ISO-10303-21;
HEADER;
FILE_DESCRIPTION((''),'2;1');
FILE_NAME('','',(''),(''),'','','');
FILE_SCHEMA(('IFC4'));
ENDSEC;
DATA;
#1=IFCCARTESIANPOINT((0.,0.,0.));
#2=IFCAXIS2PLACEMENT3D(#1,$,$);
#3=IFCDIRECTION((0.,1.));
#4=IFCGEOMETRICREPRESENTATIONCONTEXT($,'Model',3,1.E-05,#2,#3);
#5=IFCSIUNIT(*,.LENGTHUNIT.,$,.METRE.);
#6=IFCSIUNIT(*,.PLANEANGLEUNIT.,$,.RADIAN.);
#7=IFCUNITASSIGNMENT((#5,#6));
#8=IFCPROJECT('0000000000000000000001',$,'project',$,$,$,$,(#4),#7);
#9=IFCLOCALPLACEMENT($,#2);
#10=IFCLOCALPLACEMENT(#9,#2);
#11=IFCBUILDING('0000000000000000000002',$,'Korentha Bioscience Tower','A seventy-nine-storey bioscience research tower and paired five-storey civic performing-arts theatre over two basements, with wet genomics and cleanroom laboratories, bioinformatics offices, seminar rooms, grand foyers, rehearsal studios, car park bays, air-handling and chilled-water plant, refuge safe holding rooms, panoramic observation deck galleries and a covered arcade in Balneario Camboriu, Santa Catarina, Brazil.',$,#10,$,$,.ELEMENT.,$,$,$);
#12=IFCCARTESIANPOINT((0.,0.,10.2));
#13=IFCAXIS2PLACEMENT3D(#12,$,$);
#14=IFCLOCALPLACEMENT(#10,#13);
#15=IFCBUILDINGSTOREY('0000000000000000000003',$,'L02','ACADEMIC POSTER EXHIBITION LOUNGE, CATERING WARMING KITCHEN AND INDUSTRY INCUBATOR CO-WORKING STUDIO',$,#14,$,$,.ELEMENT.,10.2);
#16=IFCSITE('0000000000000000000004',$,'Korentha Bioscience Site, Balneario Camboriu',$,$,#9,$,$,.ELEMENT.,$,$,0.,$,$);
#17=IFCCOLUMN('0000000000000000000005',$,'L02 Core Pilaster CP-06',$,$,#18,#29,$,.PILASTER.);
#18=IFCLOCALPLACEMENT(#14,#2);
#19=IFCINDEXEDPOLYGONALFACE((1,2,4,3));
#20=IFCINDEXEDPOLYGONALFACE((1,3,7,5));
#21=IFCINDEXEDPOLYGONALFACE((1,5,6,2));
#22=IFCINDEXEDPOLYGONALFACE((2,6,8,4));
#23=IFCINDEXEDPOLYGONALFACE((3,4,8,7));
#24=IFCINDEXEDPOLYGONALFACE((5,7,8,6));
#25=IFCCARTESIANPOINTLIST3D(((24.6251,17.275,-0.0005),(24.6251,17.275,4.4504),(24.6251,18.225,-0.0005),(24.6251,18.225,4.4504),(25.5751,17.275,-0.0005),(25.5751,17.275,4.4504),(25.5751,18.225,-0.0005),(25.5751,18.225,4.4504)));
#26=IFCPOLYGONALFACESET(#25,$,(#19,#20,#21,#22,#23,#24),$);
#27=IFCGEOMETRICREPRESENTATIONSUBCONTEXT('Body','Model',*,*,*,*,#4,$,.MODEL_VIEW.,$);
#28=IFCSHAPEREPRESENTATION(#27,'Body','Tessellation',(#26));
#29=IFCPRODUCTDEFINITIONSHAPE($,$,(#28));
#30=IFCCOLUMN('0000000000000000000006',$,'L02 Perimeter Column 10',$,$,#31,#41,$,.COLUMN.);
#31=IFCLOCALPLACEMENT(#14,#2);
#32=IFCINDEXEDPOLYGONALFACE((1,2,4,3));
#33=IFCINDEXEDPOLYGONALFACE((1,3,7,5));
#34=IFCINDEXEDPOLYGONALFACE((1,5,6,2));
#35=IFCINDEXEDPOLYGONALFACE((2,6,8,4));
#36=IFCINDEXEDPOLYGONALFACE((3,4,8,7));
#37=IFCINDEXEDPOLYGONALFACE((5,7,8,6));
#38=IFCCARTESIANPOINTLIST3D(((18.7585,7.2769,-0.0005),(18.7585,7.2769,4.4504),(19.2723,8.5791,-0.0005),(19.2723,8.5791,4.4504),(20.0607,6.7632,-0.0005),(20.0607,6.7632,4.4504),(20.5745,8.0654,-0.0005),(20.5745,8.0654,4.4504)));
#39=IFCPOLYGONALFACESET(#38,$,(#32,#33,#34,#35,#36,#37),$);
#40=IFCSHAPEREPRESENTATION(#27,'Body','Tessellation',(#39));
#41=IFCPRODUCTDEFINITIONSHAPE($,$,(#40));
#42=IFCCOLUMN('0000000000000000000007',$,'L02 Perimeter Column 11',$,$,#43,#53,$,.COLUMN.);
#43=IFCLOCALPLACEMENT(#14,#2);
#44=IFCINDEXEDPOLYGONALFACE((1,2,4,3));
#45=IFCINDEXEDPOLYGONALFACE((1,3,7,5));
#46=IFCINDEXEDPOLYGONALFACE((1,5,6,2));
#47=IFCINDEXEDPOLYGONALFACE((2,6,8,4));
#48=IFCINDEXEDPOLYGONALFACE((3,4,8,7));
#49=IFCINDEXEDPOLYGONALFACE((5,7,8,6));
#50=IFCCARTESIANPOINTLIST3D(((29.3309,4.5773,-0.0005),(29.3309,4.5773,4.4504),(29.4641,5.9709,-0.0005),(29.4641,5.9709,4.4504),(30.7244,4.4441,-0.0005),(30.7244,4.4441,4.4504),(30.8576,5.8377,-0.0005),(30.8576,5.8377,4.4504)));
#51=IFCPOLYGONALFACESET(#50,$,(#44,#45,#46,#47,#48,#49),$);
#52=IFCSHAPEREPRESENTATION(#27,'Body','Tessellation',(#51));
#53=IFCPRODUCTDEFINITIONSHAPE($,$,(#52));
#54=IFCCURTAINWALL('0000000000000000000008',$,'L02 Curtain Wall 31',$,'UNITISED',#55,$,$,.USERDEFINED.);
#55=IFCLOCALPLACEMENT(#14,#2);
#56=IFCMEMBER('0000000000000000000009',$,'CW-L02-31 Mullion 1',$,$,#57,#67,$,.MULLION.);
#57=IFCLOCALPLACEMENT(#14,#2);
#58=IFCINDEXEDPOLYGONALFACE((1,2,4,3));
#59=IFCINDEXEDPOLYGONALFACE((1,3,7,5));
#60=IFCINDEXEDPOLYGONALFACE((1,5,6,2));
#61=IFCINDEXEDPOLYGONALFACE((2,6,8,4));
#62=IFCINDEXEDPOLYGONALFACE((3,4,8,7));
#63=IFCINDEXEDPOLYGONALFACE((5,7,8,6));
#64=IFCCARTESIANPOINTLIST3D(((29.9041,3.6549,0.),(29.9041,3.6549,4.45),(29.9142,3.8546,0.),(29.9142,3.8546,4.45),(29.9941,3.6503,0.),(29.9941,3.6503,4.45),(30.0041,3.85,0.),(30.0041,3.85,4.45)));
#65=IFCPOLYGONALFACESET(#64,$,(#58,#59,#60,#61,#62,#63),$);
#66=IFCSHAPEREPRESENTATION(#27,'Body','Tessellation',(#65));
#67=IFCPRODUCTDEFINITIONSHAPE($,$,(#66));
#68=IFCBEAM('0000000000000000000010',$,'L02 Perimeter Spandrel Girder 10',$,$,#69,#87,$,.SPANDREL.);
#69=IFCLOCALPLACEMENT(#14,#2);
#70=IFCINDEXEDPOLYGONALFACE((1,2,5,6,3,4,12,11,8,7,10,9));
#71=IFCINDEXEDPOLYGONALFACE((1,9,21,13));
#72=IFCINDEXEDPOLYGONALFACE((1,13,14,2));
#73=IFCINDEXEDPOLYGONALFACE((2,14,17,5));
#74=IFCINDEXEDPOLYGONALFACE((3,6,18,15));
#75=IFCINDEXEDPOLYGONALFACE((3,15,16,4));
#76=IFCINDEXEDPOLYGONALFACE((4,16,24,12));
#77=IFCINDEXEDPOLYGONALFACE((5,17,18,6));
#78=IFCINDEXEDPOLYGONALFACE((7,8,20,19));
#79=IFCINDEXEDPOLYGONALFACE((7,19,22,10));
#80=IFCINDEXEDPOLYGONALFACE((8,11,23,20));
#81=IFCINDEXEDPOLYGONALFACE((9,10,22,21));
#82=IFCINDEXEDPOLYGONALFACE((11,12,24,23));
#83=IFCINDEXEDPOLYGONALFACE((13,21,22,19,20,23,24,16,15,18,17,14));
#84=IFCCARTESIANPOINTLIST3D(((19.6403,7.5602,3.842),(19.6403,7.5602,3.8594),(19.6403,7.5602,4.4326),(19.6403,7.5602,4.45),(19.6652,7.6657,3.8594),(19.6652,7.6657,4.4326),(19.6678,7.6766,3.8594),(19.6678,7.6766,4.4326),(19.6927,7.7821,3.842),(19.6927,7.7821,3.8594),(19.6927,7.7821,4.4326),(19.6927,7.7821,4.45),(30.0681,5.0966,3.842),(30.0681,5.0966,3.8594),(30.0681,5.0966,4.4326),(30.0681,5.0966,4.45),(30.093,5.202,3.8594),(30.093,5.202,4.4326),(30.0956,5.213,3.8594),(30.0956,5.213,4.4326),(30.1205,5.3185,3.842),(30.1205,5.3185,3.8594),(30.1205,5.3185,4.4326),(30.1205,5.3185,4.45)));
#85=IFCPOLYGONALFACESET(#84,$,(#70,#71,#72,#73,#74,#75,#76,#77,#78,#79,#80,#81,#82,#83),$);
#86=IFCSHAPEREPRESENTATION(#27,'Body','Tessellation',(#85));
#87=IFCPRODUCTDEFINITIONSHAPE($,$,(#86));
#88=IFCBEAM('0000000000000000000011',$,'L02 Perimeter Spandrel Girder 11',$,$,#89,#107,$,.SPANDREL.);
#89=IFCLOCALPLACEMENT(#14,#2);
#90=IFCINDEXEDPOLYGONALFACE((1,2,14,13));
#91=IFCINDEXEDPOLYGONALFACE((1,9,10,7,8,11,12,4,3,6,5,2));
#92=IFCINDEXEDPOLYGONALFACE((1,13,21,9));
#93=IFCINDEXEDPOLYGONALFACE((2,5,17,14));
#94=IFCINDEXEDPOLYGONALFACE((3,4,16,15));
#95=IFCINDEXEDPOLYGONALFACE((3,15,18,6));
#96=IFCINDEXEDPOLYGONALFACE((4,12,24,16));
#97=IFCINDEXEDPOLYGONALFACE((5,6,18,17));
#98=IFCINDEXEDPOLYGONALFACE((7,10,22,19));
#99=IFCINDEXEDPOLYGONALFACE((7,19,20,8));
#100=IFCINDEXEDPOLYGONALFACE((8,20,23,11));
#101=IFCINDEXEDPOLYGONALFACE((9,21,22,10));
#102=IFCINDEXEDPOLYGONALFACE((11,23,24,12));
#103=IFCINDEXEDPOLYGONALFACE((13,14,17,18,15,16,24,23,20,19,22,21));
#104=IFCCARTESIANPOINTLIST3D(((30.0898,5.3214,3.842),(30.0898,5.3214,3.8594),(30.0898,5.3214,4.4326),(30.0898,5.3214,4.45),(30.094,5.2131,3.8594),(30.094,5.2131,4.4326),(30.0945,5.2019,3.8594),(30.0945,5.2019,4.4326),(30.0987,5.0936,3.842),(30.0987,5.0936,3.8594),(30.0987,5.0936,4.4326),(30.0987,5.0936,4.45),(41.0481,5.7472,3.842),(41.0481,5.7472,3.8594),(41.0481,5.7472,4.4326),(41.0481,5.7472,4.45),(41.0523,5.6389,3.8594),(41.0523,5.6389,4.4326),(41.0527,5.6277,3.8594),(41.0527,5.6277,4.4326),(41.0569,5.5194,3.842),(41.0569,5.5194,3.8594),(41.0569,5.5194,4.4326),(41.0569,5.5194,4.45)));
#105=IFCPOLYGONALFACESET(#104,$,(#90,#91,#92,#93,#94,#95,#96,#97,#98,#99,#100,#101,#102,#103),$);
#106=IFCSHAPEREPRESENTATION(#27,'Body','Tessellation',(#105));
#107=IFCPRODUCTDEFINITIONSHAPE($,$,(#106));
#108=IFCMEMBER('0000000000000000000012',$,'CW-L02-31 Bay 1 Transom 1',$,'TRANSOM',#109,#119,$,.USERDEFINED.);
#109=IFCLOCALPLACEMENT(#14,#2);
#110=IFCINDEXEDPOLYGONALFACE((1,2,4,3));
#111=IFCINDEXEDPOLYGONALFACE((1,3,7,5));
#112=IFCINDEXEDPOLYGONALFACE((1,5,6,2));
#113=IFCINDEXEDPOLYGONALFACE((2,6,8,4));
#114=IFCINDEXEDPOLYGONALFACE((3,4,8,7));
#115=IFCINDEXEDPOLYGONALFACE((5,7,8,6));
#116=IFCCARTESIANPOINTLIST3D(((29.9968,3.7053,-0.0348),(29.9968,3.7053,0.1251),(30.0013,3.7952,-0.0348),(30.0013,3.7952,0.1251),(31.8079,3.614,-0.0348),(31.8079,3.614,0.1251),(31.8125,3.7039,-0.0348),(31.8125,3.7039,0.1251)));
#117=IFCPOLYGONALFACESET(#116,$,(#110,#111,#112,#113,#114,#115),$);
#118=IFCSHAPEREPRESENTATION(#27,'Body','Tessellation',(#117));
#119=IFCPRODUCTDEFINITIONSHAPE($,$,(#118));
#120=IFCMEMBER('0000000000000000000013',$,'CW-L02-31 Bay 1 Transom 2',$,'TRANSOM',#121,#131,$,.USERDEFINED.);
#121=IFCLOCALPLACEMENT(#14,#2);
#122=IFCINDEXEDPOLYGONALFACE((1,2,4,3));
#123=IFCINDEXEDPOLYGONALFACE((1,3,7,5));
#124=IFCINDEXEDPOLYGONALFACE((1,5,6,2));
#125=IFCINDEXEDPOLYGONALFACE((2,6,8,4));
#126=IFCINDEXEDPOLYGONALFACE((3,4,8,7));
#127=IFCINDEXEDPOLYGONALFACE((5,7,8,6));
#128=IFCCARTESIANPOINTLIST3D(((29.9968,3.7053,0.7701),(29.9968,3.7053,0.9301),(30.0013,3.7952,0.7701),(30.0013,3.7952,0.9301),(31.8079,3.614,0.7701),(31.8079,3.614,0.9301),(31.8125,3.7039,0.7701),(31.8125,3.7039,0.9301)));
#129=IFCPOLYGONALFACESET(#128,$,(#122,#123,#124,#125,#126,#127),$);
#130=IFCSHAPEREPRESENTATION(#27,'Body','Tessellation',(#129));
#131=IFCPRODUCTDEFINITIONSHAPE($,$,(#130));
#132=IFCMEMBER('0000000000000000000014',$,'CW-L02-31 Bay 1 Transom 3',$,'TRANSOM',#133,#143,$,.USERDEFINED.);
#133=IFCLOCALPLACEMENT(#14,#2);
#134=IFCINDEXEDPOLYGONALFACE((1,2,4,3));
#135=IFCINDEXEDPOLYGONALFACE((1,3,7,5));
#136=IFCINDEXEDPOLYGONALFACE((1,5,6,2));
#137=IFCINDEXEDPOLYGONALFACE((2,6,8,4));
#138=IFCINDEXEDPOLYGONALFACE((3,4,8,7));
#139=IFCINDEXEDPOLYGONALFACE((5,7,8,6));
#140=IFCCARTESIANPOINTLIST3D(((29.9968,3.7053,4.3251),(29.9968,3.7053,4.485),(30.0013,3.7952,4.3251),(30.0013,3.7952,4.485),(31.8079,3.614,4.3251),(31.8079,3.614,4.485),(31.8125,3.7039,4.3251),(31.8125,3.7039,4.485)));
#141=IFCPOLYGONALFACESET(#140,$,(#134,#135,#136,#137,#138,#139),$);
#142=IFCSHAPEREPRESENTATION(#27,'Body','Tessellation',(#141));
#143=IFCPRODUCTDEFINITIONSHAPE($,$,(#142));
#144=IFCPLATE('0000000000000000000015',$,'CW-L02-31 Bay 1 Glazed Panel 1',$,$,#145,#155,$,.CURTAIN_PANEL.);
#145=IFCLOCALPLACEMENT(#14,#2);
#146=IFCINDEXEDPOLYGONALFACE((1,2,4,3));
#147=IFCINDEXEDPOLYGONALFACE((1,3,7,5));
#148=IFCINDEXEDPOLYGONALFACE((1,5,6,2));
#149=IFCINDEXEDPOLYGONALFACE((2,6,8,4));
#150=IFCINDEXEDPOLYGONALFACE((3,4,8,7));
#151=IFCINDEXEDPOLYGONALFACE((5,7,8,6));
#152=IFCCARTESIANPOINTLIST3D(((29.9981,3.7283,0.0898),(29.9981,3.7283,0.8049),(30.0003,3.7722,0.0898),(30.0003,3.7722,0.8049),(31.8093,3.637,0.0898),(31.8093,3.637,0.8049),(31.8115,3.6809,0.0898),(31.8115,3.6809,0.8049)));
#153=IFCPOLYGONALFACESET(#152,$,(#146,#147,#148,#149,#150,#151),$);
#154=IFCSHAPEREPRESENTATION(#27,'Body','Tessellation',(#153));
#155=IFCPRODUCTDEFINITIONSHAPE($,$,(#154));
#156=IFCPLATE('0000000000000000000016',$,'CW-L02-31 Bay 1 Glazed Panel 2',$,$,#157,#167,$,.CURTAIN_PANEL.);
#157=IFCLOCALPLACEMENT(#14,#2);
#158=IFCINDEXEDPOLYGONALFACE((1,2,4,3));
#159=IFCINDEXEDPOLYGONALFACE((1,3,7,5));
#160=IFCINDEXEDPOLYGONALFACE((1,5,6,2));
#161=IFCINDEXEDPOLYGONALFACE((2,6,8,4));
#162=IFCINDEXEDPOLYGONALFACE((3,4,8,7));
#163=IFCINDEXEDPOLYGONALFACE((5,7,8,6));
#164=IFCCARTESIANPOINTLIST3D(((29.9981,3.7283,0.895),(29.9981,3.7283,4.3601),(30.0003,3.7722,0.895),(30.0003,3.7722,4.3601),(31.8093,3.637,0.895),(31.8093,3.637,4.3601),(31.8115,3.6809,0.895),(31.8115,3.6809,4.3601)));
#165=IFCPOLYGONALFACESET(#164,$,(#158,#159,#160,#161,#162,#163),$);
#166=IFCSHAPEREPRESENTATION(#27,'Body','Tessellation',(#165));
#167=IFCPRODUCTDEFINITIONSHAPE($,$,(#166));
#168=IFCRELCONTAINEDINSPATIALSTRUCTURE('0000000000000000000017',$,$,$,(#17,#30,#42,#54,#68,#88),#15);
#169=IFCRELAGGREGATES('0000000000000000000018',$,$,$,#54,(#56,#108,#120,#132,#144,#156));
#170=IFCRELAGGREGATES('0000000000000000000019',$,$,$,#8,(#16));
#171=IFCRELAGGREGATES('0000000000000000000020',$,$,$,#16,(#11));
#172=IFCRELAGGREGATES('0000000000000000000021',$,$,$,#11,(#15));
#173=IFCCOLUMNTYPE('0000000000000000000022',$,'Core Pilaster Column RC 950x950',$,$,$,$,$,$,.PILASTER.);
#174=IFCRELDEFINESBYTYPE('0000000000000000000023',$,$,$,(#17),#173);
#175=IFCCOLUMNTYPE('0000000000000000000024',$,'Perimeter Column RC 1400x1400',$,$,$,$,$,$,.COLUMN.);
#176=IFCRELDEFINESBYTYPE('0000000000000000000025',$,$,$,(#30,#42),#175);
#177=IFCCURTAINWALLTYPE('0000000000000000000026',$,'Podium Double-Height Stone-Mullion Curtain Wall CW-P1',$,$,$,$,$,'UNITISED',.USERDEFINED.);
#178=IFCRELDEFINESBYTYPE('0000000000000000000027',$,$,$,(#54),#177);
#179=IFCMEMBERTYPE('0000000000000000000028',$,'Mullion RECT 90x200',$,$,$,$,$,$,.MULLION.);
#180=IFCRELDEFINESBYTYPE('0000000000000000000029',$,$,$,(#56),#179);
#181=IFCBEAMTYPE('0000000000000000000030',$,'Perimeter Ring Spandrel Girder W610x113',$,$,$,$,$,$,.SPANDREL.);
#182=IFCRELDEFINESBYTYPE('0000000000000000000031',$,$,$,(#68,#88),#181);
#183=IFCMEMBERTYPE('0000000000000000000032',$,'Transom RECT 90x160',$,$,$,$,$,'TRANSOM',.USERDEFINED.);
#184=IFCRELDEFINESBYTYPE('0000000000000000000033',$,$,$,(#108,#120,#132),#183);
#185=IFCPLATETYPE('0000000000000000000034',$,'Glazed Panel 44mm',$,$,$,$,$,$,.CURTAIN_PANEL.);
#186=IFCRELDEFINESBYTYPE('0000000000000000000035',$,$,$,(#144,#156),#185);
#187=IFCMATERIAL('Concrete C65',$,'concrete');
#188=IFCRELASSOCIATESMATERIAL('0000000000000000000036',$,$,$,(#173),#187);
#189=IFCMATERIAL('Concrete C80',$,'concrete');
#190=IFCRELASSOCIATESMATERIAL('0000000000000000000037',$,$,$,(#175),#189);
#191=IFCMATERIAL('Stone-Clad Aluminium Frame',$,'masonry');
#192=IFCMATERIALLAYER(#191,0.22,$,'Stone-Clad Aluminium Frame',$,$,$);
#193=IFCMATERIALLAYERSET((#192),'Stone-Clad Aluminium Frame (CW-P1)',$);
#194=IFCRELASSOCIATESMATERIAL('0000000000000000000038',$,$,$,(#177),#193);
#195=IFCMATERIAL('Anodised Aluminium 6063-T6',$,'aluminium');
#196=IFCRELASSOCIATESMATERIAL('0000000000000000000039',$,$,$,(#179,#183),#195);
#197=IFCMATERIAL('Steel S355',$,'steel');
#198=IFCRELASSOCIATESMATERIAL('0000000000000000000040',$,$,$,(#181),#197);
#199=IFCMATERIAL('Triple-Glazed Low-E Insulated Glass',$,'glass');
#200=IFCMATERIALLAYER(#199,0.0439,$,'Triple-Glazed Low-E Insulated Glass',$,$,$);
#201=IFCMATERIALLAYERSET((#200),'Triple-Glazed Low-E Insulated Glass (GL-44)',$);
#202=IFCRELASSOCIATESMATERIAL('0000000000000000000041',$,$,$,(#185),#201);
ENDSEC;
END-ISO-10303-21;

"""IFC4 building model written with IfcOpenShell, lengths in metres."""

from ifc_helpers import new_model, si_unit, direction, frame, origin, origin_2d, place, context, subcontext, project, spatial, rectangle, i_section, extrude, material, layer, layer_set, material_profile, profile_set, type_object, element, aggregate, save


model = new_model("IFC4")

# Units and contexts
model_context = context("Model", 3, precision=1e-05, world=origin(), true_north=direction((0.0, 1.0)))
body_context = subcontext(model_context, "Body", "Model", "MODEL_VIEW")
ifc_project = project(units=[si_unit("LENGTHUNIT", "METRE"), si_unit("PLANEANGLEUNIT", "RADIAN")], contexts=[model_context])

# Site, building, storey
site_placement = place(None, origin())
site = spatial("IfcSite", under=ifc_project, at=site_placement, Name="Korentha Bioscience Site, Balneario Camboriu", CompositionType="ELEMENT", RefElevation=0.0)
building_placement = place(site_placement, origin())
building = spatial("IfcBuilding", under=site, at=building_placement, Name="Korentha Bioscience Tower", Description="A seventy-nine-storey bioscience research tower and paired five-storey civic performing-arts theatre over two basements, with wet genomics and cleanroom laboratories, bioinformatics offices, seminar rooms, grand foyers, rehearsal studios, car park bays, air-handling and chilled-water plant, refuge safe holding rooms, panoramic observation deck galleries and a covered arcade in Balneario Camboriu, Santa Catarina, Brazil.", CompositionType="ELEMENT")
storey_placement = place(building_placement, frame((0.0, 0.0, 10.2)))
storey = spatial("IfcBuildingStorey", under=building, at=storey_placement, Name="L02", Description="ACADEMIC POSTER EXHIBITION LOUNGE, CATERING WARMING KITCHEN AND INDUSTRY INCUBATOR CO-WORKING STUDIO", CompositionType="ELEMENT", Elevation=10.2)

# Columns
ifc_material_1 = material(Name="Concrete C65", Category="concrete")
ifc_material_profile_1 = material_profile(ifc_material_1, rectangle(XDim=0.95, YDim=0.95, at=origin_2d()), Name="Concrete C65")
ifc_profile_set_1 = profile_set([ifc_material_profile_1], Name="Concrete C65 (COL-CP09)")
column_type_1 = type_object("IfcColumnType", Name="Core Pilaster Column RC 950x950", PredefinedType="PILASTER", material=ifc_profile_set_1)
column_placement = place(storey_placement, frame((25.1001, 17.75, -0.0005), z_axis=(0.0, 0.0, 1.0), x_axis=(1.0, 0.0, 0.0)))
element("IfcColumn", 1, at=column_placement, inside=storey, type_object=column_type_1, Name="L02 Core Pilaster CP-06", PredefinedType="PILASTER", context=body_context, shape_type="SweptSolid", body=[
    extrude(rectangle(XDim=0.95, YDim=0.95, at=origin_2d()), origin(), (0.0, 0.0, 1.0), 4.4509),
])
ifc_material_2 = material(Name="Concrete C80", Category="concrete")
ifc_material_profile_2 = material_profile(ifc_material_2, rectangle(XDim=1.3999, YDim=1.3999, at=origin_2d()), Name="Concrete C80")
ifc_profile_set_2 = profile_set([ifc_material_profile_2], Name="Concrete C80 (COL-P14)")
column_type_2 = type_object("IfcColumnType", Name="Perimeter Column RC 1400x1400", PredefinedType="COLUMN", material=ifc_profile_set_2)
for number, where, z_axis, x_axis, name in (
    (2, (19.6665, 7.6711, -0.0005), (0.0, 0.0, 1.0), (-0.930226, 0.366988, 0.0), "L02 Perimeter Column 10"),
    (3, (30.0942, 5.2075, -0.0005), (0.0, 0.0, 1.0), (-0.995463, 0.095151, 0.0), "L02 Perimeter Column 11"),
):
    element("IfcColumn", number, at=place(storey_placement, frame(where, z_axis=z_axis, x_axis=x_axis)), inside=storey, type_object=column_type_2, Name=name, PredefinedType="COLUMN", context=body_context, shape_type="SweptSolid", body=[
        extrude(rectangle(XDim=1.3999, YDim=1.3999, at=origin_2d()), origin(), (0.0, 0.0, 1.0), 4.4509),
    ])

# Curtain wall, member
ifc_material_3 = material(Name="Stone-Clad Aluminium Frame", Category="masonry")
ifc_layer_1 = layer(ifc_material_3, 0.22, Name="Stone-Clad Aluminium Frame")
ifc_layer_set_1 = layer_set([ifc_layer_1], Name="Stone-Clad Aluminium Frame (CW-P1)")
curtain_wall_type = type_object("IfcCurtainWallType", Name="Podium Double-Height Stone-Mullion Curtain Wall CW-P1", ElementType="UNITISED", PredefinedType="USERDEFINED", material=ifc_layer_set_1)
curtain_wall_placement = place(storey_placement, origin())
curtain_wall = element("IfcCurtainWall", 4, at=curtain_wall_placement, inside=storey, type_object=curtain_wall_type, Name="L02 Curtain Wall 31", ObjectType="UNITISED", PredefinedType="USERDEFINED")
ifc_material_4 = material(Name="Anodised Aluminium 6063-T6", Category="aluminium")
ifc_material_profile_3 = material_profile(ifc_material_4, rectangle(XDim=0.0901, YDim=0.2, at=origin_2d()), Name="Anodised Aluminium 6063-T6")
ifc_profile_set_3 = profile_set([ifc_material_profile_3], Name="Anodised Aluminium 6063-T6 (CW-MUL)")
member_type_1 = type_object("IfcMemberType", Name="Mullion RECT 90x200", PredefinedType="MULLION", material=ifc_profile_set_3)
member_1_placement = place(storey_placement, frame((29.9541, 3.7524, 0.0), z_axis=(0.0, 0.0, 1.0), x_axis=(0.998731, -0.050371, 0.0)))
member_1 = element("IfcMember", 5, at=member_1_placement, type_object=member_type_1, Name="CW-L02-31 Mullion 1", PredefinedType="MULLION", context=body_context, shape_type="SweptSolid", body=[
    extrude(rectangle(XDim=0.0901, YDim=0.2, at=origin_2d()), origin(), (0.0, 0.0, 1.0), 4.45),
])

# Beams
ifc_material_5 = material(Name="Steel S355", Category="steel")
ifc_material_profile_4 = material_profile(ifc_material_5, i_section(OverallWidth=0.228, OverallDepth=0.6079, WebThickness=0.0112, FlangeThickness=0.0173, at=origin_2d()), Name="Steel S355")
ifc_profile_set_4 = profile_set([ifc_material_profile_4], Name="Steel S355 (SB-610)")
beam_type = type_object("IfcBeamType", Name="Perimeter Ring Spandrel Girder W610x113", PredefinedType="SPANDREL", material=ifc_profile_set_4)
beam_1_placement = place(storey_placement, frame((19.6665, 7.6711, 4.146), z_axis=(0.973208, -0.229927, 0.0), x_axis=(0.229927, 0.973208, 0.0)))
element("IfcBeam", 6, at=beam_1_placement, inside=storey, type_object=beam_type, Name="L02 Perimeter Spandrel Girder 10", PredefinedType="SPANDREL", context=body_context, shape_type="SweptSolid", body=[
    extrude(i_section(OverallWidth=0.228, OverallDepth=0.6079, WebThickness=0.0112, FlangeThickness=0.0173, at=origin_2d()), origin(), (0.0, 0.0, 1.0), 10.7148),
])
beam_2_placement = place(storey_placement, frame((30.0942, 5.2075, 4.146), z_axis=(0.999246, 0.038826, 0.0), x_axis=(-0.038826, 0.999246, 0.0)))
element("IfcBeam", 7, at=beam_2_placement, inside=storey, type_object=beam_type, Name="L02 Perimeter Spandrel Girder 11", PredefinedType="SPANDREL", context=body_context, shape_type="SweptSolid", body=[
    extrude(i_section(OverallWidth=0.228, OverallDepth=0.6079, WebThickness=0.0112, FlangeThickness=0.0173, at=origin_2d()), origin(), (0.0, 0.0, 1.0), 10.9666),
])

# Members
ifc_material_profile_5 = material_profile(ifc_material_4, rectangle(XDim=0.0901, YDim=0.1599, at=origin_2d()), Name="Anodised Aluminium 6063-T6")
ifc_profile_set_5 = profile_set([ifc_material_profile_5], Name="Anodised Aluminium 6063-T6 (CW-TRN)")
member_type_2 = type_object("IfcMemberType", Name="Transom RECT 90x160", ElementType="TRANSOM", PredefinedType="USERDEFINED", material=ifc_profile_set_5)
member_2_placement = place(storey_placement, frame((29.999, 3.7502, 0.0452), z_axis=(0.998732, -0.050347, 0.0), x_axis=(0.050347, 0.998732, 0.0)))
member_2 = element("IfcMember", 8, at=member_2_placement, type_object=member_type_2, Name="CW-L02-31 Bay 1 Transom 1", ObjectType="TRANSOM", PredefinedType="USERDEFINED", context=body_context, shape_type="SweptSolid", body=[
    extrude(rectangle(XDim=0.0901, YDim=0.1599, at=origin_2d()), origin(), (0.0, 0.0, 1.0), 1.8135),
])
member_3_placement = place(storey_placement, frame((29.999, 3.7502, 0.8501), z_axis=(0.998732, -0.050347, 0.0), x_axis=(0.050347, 0.998732, 0.0)))
member_3 = element("IfcMember", 9, at=member_3_placement, type_object=member_type_2, Name="CW-L02-31 Bay 1 Transom 2", ObjectType="TRANSOM", PredefinedType="USERDEFINED", context=body_context, shape_type="SweptSolid", body=[
    extrude(rectangle(XDim=0.0901, YDim=0.1599, at=origin_2d()), origin(), (0.0, 0.0, 1.0), 1.8135),
])
member_4_placement = place(storey_placement, frame((29.999, 3.7502, 4.405), z_axis=(0.998732, -0.050347, 0.0), x_axis=(0.050347, 0.998732, 0.0)))
member_4 = element("IfcMember", 10, at=member_4_placement, type_object=member_type_2, Name="CW-L02-31 Bay 1 Transom 3", ObjectType="TRANSOM", PredefinedType="USERDEFINED", context=body_context, shape_type="SweptSolid", body=[
    extrude(rectangle(XDim=0.0901, YDim=0.1599, at=origin_2d()), origin(), (0.0, 0.0, 1.0), 1.8135),
])

# Plates
ifc_material_6 = material(Name="Triple-Glazed Low-E Insulated Glass", Category="glass")
ifc_layer_2 = layer(ifc_material_6, 0.0439, Name="Triple-Glazed Low-E Insulated Glass")
ifc_layer_set_2 = layer_set([ifc_layer_2], Name="Triple-Glazed Low-E Insulated Glass (GL-44)")
plate_type = type_object("IfcPlateType", Name="Glazed Panel 44mm", PredefinedType="CURTAIN_PANEL", material=ifc_layer_set_2)
plate_1_placement = place(storey_placement, frame((30.9048, 3.7046, 0.0898), z_axis=(0.0, 0.0, 1.0), x_axis=(0.998731, -0.050371, 0.0)))
plate_1 = element("IfcPlate", 11, at=plate_1_placement, type_object=plate_type, Name="CW-L02-31 Bay 1 Glazed Panel 1", PredefinedType="CURTAIN_PANEL", context=body_context, shape_type="SweptSolid", body=[
    extrude(rectangle(XDim=1.8135, YDim=0.0439, at=origin_2d()), origin(), (0.0, 0.0, 1.0), 0.7151),
])
plate_2_placement = place(storey_placement, frame((30.9048, 3.7046, 0.895), z_axis=(0.0, 0.0, 1.0), x_axis=(0.998731, -0.050371, 0.0)))
plate_2 = element("IfcPlate", 12, at=plate_2_placement, type_object=plate_type, Name="CW-L02-31 Bay 1 Glazed Panel 2", PredefinedType="CURTAIN_PANEL", context=body_context, shape_type="SweptSolid", body=[
    extrude(rectangle(XDim=1.8135, YDim=0.0439, at=origin_2d()), origin(), (0.0, 0.0, 1.0), 3.4651),
])
aggregate(curtain_wall, [member_1, member_2, member_3, member_4, plate_1, plate_2])

save(model, "model.ifc")
